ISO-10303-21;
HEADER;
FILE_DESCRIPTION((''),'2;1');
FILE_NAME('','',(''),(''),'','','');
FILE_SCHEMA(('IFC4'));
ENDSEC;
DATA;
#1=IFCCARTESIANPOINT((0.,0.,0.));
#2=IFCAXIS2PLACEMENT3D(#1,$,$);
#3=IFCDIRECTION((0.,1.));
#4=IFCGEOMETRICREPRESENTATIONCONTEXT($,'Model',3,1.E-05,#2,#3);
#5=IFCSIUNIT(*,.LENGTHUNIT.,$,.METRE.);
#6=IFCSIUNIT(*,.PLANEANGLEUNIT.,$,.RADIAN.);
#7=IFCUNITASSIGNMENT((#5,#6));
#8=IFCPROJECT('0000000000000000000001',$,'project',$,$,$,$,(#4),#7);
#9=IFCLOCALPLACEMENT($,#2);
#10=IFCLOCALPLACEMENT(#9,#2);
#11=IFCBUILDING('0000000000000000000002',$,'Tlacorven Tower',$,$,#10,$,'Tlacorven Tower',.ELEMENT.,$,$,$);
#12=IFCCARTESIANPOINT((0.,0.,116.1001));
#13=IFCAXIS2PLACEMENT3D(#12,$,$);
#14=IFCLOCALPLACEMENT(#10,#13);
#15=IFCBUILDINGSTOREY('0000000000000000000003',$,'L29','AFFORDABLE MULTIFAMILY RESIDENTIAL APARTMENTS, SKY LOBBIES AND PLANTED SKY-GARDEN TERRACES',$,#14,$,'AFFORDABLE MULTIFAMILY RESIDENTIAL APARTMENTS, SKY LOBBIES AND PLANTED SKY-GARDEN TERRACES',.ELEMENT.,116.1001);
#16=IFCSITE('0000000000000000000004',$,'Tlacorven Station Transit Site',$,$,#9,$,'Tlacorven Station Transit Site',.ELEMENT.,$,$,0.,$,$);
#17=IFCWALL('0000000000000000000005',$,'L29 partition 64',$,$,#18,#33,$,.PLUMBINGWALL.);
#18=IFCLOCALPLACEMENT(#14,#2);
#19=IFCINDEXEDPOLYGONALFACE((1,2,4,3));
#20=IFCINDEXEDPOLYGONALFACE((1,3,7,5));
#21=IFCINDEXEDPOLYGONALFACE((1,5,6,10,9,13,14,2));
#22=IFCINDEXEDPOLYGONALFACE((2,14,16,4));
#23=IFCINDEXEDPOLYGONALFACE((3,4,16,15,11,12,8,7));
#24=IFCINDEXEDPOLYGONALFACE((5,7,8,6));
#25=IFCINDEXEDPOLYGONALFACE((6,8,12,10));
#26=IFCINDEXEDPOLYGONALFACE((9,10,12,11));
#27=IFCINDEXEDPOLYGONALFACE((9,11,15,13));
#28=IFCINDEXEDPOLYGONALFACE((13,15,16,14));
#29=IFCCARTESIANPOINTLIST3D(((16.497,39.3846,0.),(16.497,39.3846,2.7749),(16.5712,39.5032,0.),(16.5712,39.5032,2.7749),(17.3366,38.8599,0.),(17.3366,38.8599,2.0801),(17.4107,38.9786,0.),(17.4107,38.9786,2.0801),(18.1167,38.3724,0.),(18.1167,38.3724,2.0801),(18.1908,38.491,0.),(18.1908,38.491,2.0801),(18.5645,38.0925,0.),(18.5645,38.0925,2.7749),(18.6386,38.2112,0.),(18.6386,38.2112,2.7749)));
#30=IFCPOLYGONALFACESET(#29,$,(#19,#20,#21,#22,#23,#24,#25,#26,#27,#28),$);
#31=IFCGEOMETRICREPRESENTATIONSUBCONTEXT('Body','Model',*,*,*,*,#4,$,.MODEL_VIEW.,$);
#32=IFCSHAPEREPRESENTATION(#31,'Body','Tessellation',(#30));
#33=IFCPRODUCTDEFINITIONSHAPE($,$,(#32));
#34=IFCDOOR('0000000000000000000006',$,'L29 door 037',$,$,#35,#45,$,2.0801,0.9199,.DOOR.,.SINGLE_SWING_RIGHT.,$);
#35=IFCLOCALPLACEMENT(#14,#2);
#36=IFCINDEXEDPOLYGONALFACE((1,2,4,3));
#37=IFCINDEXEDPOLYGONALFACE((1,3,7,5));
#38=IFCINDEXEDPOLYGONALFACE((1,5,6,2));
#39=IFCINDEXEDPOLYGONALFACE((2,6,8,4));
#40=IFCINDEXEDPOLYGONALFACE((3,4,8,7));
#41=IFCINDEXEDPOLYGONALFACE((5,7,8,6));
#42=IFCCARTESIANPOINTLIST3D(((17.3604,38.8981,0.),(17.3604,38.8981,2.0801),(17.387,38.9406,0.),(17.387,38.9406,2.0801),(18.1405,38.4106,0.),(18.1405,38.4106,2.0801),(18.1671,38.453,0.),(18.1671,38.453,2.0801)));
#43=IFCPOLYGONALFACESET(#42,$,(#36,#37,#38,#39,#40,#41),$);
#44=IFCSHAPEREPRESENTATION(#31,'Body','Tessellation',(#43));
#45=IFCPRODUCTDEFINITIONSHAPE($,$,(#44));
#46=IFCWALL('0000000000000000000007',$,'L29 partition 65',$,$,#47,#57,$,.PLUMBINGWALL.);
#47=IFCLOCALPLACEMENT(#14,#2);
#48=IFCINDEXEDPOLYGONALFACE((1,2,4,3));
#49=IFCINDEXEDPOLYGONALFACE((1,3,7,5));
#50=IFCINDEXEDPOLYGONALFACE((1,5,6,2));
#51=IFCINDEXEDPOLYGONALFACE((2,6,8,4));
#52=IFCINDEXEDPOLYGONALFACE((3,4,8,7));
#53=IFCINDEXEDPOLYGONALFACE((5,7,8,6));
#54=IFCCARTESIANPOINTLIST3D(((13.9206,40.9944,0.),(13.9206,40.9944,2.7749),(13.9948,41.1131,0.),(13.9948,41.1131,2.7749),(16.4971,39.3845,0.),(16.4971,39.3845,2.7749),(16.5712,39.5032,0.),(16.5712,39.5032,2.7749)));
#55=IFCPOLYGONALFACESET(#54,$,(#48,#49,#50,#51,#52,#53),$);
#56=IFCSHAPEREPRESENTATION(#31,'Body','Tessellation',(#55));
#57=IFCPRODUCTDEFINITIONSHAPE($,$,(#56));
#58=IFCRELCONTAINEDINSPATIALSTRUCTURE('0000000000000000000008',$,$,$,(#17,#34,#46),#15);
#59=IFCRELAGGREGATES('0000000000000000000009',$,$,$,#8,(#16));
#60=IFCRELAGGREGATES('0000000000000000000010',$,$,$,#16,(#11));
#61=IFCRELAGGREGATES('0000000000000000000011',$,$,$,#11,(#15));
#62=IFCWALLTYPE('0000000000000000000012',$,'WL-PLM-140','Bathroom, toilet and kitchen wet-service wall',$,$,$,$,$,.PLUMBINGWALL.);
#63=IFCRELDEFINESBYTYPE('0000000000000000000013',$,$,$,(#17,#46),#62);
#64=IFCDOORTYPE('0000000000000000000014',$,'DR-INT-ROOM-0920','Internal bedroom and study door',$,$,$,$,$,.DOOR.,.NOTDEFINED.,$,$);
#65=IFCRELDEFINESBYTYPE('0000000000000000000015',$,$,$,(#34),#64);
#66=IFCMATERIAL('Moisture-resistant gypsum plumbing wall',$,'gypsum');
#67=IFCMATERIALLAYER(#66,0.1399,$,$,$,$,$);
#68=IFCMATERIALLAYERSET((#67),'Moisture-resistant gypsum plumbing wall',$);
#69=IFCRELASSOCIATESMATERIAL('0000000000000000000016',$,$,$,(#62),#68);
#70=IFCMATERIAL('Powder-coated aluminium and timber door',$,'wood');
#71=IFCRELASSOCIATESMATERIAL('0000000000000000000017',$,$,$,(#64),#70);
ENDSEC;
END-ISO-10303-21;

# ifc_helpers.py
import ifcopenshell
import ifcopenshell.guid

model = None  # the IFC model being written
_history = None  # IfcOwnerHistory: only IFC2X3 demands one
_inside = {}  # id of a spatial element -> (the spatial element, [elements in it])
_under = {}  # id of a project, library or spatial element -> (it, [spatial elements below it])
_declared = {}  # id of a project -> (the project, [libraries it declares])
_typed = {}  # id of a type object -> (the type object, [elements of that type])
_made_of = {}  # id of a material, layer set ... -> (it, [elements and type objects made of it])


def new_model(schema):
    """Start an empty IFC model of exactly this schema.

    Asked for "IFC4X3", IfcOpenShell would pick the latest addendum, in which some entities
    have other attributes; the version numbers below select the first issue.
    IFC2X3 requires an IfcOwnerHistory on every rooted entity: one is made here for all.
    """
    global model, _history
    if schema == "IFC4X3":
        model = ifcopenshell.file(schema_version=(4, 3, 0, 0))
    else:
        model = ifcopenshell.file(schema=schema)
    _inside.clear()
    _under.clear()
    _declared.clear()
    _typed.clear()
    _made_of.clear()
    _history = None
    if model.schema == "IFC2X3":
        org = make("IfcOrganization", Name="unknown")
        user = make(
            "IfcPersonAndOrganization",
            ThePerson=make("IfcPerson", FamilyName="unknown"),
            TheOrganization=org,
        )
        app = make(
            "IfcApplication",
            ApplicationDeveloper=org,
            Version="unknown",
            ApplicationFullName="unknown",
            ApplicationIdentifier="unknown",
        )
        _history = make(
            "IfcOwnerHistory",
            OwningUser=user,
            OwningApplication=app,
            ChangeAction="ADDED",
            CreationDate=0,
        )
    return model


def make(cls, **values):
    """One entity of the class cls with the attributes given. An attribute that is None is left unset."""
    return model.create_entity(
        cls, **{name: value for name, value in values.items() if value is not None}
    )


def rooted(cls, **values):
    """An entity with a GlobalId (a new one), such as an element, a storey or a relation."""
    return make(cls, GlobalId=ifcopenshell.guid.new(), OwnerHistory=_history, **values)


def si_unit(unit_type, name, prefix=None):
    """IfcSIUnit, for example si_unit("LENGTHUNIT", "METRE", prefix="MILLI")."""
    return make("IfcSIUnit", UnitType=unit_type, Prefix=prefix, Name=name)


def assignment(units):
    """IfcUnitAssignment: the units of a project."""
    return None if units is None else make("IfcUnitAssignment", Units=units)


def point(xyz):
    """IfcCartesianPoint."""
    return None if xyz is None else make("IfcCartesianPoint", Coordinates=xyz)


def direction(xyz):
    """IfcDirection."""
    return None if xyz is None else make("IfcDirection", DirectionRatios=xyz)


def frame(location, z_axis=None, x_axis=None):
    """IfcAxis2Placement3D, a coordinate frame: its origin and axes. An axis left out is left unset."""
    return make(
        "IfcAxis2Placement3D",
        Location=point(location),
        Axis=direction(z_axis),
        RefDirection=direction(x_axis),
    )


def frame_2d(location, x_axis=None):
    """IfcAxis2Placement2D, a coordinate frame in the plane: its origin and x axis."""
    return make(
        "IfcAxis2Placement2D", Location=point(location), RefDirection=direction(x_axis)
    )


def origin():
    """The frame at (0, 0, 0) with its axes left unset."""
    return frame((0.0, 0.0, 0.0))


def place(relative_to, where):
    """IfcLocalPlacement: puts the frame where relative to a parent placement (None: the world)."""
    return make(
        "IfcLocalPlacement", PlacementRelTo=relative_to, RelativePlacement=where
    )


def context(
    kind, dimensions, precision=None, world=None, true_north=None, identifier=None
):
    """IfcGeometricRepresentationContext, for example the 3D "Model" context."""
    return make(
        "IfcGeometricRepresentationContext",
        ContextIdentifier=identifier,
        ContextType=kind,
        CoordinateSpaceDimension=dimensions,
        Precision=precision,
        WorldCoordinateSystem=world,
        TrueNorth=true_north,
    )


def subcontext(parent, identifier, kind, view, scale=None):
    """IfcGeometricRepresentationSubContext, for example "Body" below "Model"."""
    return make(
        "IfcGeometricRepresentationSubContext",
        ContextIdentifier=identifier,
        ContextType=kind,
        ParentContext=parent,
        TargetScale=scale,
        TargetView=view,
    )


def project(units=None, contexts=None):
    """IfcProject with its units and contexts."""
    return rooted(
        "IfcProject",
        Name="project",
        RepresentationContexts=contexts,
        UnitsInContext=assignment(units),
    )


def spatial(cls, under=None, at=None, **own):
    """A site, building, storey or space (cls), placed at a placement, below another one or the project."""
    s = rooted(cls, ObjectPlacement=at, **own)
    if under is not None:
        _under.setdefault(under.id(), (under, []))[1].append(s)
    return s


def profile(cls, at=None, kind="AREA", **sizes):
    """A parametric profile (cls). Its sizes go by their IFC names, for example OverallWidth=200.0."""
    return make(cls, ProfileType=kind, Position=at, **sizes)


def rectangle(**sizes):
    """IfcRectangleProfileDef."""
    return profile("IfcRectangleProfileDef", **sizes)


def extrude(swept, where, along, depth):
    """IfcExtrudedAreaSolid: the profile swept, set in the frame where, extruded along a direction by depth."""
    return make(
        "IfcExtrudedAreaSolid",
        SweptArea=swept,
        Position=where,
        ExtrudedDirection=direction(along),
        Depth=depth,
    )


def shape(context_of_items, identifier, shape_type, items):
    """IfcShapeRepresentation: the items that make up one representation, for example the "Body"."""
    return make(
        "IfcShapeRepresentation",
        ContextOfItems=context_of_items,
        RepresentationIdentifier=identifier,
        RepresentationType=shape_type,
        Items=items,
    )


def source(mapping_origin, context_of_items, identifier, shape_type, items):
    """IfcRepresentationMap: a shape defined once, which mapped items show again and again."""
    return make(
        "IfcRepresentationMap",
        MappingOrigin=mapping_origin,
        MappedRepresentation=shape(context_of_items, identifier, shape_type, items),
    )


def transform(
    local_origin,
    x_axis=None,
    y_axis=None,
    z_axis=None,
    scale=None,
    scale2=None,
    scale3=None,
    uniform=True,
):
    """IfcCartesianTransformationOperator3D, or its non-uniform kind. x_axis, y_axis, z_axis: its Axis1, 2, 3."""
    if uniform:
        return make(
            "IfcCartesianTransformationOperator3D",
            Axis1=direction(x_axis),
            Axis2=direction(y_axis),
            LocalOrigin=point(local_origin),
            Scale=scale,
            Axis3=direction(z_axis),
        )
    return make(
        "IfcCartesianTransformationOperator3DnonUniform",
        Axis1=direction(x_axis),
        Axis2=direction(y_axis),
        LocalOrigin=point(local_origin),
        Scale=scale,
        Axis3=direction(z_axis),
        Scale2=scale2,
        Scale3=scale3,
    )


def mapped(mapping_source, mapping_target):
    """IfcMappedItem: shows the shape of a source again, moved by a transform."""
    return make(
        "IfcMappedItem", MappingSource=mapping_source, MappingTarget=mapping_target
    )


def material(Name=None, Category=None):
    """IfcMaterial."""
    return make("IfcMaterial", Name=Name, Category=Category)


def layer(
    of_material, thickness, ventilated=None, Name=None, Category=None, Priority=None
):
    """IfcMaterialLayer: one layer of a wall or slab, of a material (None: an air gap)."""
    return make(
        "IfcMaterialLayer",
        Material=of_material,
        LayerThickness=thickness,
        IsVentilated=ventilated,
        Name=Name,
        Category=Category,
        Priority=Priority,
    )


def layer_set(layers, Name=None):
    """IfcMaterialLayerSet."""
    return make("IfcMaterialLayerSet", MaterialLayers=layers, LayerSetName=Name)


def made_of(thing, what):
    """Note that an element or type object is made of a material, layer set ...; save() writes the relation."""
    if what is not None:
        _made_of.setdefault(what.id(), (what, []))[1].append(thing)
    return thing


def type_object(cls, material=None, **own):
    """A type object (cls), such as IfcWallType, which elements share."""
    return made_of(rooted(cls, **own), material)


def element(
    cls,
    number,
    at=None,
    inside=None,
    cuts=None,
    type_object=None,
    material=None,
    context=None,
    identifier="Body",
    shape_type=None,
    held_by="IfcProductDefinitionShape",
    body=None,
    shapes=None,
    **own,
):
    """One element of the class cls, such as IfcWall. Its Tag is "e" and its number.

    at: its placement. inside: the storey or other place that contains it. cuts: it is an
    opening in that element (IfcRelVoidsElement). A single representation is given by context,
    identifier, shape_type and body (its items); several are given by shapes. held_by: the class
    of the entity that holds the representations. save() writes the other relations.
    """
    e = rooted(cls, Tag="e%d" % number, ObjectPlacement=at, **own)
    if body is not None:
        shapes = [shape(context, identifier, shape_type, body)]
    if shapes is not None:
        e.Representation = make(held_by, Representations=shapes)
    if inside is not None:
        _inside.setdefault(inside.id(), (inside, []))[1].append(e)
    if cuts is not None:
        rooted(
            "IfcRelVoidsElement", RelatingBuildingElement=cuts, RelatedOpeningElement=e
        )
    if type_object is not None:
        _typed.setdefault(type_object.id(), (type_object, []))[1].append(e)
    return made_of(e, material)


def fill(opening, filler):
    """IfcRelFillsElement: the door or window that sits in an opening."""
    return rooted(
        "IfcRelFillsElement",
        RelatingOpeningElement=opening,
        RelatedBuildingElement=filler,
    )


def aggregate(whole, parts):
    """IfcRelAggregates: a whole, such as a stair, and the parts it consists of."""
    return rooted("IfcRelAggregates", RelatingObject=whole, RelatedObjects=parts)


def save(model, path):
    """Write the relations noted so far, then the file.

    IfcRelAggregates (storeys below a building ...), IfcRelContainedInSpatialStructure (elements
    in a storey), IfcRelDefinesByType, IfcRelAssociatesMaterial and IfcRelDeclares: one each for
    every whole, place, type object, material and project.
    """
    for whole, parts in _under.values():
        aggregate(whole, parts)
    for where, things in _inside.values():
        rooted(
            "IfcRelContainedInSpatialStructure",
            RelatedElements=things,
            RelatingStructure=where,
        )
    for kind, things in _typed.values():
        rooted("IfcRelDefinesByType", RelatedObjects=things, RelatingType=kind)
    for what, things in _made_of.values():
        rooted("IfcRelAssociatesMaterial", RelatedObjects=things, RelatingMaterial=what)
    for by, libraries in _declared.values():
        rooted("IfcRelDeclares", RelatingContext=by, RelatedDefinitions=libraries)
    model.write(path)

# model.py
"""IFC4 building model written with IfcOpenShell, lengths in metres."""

from ifc_helpers import new_model, si_unit, direction, frame, frame_2d, origin, place, context, subcontext, project, spatial, rectangle, extrude, source, transform, mapped, material, layer, layer_set, type_object, element, fill, save


model = new_model("IFC4")

# Units and contexts
model_context = context("Model", 3, precision=1e-05, world=origin(), true_north=direction((0.0, 1.0)))
body_context = subcontext(model_context, "Body", "Model", "MODEL_VIEW")
ifc_project = project(units=[si_unit("LENGTHUNIT", "METRE"), si_unit("PLANEANGLEUNIT", "RADIAN")], contexts=[model_context])

# Site, building, storey
site_placement = place(None, origin())
site = spatial("IfcSite", under=ifc_project, at=site_placement, Name="Tlacorven Station Transit Site", LongName="Tlacorven Station Transit Site", CompositionType="ELEMENT", RefElevation=0.0)
building_placement = place(site_placement, origin())
building = spatial("IfcBuilding", under=site, at=building_placement, Name="Tlacorven Tower", LongName="Tlacorven Tower", CompositionType="ELEMENT")
storey_placement = place(building_placement, frame((0.0, 0.0, 116.1001)))
storey = spatial("IfcBuildingStorey", under=building, at=storey_placement, Name="L29", Description="AFFORDABLE MULTIFAMILY RESIDENTIAL APARTMENTS, SKY LOBBIES AND PLANTED SKY-GARDEN TERRACES", LongName="AFFORDABLE MULTIFAMILY RESIDENTIAL APARTMENTS, SKY LOBBIES AND PLANTED SKY-GARDEN TERRACES", CompositionType="ELEMENT", Elevation=116.1001)

# Wall, opening, door
ifc_material_1 = material(Name="Moisture-resistant gypsum plumbing wall", Category="gypsum")
ifc_layer_1 = layer(ifc_material_1, 0.1399)
ifc_layer_set_1 = layer_set([ifc_layer_1], Name="Moisture-resistant gypsum plumbing wall")
wall_type_1 = type_object("IfcWallType", Name="WL-PLM-140", Description="Bathroom, toilet and kitchen wet-service wall", PredefinedType="PLUMBINGWALL", material=ifc_layer_set_1)
wall_1_placement = place(storey_placement, frame((18.6016, 38.1519, 0.0), z_axis=(0.0, 0.0, 1.0), x_axis=(-0.848021, 0.529963, 0.0)))
wall_1 = element("IfcWall", 1, at=wall_1_placement, inside=storey, type_object=wall_type_1, Name="L29 partition 64", PredefinedType="PLUMBINGWALL", context=body_context, shape_type="SweptSolid", body=[
    extrude(rectangle(XDim=2.438, YDim=0.1399, at=frame_2d((1.219, 0.0))), origin(), (0.0, 0.0, 1.0), 2.7749),
])
opening_placement = place(wall_1_placement, frame((0.5281, 0.0, 0.0)))
opening = element("IfcOpeningElement", 2, at=opening_placement, cuts=wall_1, PredefinedType="OPENING", context=body_context, shape_type="SweptSolid", body=[
    extrude(rectangle(XDim=0.9199, YDim=2.0801, at=frame_2d((0.46, 1.04))), frame((0.0, 0.0801, 0.0), z_axis=(0.0, -1.0, 0.0), x_axis=(1.0, 0.0, 0.0)), (0.0, 0.0, 1.0), 0.1599),
])
ifc_material_2 = material(Name="Powder-coated aluminium and timber door", Category="wood")
door_type = type_object("IfcDoorType", Name="DR-INT-ROOM-0920", Description="Internal bedroom and study door", OperationType="NOTDEFINED", PredefinedType="DOOR", material=ifc_material_2)
shared_shape_1 = source(origin(), body_context, "Body", "SweptSolid", [
    extrude(rectangle(XDim=0.9199, YDim=2.0801, at=frame_2d((0.46, 1.04))), frame((0.0, 0.0249, 0.0), z_axis=(0.0, -1.0, 0.0), x_axis=(1.0, 0.0, 0.0)), (0.0, 0.0, 1.0), 0.05),
])
door_placement = place(opening_placement, origin())
door = element("IfcDoor", 3, at=door_placement, inside=storey, type_object=door_type, Name="L29 door 037", OperationType="SINGLE_SWING_RIGHT", OverallHeight=2.0801, OverallWidth=0.9199, PredefinedType="DOOR", context=body_context, shape_type="MappedRepresentation", body=[
    mapped(shared_shape_1, transform((0.0, 0.0, 0.0), scale=1.0)),
])
fill(opening, door)

# Wall
wall_2_placement = place(storey_placement, frame((16.5342, 39.4438, 0.0), z_axis=(0.0, 0.0, 1.0), x_axis=(-0.848057, 0.529905, 0.0)))
element("IfcWall", 4, at=wall_2_placement, inside=storey, type_object=wall_type_1, Name="L29 partition 65", PredefinedType="PLUMBINGWALL", context=body_context, shape_type="SweptSolid", body=[
    extrude(rectangle(XDim=3.0381, YDim=0.1399, at=frame_2d((1.519, 0.0))), origin(), (0.0, 0.0, 1.0), 2.7749),
])

save(model, "model.ifc")
